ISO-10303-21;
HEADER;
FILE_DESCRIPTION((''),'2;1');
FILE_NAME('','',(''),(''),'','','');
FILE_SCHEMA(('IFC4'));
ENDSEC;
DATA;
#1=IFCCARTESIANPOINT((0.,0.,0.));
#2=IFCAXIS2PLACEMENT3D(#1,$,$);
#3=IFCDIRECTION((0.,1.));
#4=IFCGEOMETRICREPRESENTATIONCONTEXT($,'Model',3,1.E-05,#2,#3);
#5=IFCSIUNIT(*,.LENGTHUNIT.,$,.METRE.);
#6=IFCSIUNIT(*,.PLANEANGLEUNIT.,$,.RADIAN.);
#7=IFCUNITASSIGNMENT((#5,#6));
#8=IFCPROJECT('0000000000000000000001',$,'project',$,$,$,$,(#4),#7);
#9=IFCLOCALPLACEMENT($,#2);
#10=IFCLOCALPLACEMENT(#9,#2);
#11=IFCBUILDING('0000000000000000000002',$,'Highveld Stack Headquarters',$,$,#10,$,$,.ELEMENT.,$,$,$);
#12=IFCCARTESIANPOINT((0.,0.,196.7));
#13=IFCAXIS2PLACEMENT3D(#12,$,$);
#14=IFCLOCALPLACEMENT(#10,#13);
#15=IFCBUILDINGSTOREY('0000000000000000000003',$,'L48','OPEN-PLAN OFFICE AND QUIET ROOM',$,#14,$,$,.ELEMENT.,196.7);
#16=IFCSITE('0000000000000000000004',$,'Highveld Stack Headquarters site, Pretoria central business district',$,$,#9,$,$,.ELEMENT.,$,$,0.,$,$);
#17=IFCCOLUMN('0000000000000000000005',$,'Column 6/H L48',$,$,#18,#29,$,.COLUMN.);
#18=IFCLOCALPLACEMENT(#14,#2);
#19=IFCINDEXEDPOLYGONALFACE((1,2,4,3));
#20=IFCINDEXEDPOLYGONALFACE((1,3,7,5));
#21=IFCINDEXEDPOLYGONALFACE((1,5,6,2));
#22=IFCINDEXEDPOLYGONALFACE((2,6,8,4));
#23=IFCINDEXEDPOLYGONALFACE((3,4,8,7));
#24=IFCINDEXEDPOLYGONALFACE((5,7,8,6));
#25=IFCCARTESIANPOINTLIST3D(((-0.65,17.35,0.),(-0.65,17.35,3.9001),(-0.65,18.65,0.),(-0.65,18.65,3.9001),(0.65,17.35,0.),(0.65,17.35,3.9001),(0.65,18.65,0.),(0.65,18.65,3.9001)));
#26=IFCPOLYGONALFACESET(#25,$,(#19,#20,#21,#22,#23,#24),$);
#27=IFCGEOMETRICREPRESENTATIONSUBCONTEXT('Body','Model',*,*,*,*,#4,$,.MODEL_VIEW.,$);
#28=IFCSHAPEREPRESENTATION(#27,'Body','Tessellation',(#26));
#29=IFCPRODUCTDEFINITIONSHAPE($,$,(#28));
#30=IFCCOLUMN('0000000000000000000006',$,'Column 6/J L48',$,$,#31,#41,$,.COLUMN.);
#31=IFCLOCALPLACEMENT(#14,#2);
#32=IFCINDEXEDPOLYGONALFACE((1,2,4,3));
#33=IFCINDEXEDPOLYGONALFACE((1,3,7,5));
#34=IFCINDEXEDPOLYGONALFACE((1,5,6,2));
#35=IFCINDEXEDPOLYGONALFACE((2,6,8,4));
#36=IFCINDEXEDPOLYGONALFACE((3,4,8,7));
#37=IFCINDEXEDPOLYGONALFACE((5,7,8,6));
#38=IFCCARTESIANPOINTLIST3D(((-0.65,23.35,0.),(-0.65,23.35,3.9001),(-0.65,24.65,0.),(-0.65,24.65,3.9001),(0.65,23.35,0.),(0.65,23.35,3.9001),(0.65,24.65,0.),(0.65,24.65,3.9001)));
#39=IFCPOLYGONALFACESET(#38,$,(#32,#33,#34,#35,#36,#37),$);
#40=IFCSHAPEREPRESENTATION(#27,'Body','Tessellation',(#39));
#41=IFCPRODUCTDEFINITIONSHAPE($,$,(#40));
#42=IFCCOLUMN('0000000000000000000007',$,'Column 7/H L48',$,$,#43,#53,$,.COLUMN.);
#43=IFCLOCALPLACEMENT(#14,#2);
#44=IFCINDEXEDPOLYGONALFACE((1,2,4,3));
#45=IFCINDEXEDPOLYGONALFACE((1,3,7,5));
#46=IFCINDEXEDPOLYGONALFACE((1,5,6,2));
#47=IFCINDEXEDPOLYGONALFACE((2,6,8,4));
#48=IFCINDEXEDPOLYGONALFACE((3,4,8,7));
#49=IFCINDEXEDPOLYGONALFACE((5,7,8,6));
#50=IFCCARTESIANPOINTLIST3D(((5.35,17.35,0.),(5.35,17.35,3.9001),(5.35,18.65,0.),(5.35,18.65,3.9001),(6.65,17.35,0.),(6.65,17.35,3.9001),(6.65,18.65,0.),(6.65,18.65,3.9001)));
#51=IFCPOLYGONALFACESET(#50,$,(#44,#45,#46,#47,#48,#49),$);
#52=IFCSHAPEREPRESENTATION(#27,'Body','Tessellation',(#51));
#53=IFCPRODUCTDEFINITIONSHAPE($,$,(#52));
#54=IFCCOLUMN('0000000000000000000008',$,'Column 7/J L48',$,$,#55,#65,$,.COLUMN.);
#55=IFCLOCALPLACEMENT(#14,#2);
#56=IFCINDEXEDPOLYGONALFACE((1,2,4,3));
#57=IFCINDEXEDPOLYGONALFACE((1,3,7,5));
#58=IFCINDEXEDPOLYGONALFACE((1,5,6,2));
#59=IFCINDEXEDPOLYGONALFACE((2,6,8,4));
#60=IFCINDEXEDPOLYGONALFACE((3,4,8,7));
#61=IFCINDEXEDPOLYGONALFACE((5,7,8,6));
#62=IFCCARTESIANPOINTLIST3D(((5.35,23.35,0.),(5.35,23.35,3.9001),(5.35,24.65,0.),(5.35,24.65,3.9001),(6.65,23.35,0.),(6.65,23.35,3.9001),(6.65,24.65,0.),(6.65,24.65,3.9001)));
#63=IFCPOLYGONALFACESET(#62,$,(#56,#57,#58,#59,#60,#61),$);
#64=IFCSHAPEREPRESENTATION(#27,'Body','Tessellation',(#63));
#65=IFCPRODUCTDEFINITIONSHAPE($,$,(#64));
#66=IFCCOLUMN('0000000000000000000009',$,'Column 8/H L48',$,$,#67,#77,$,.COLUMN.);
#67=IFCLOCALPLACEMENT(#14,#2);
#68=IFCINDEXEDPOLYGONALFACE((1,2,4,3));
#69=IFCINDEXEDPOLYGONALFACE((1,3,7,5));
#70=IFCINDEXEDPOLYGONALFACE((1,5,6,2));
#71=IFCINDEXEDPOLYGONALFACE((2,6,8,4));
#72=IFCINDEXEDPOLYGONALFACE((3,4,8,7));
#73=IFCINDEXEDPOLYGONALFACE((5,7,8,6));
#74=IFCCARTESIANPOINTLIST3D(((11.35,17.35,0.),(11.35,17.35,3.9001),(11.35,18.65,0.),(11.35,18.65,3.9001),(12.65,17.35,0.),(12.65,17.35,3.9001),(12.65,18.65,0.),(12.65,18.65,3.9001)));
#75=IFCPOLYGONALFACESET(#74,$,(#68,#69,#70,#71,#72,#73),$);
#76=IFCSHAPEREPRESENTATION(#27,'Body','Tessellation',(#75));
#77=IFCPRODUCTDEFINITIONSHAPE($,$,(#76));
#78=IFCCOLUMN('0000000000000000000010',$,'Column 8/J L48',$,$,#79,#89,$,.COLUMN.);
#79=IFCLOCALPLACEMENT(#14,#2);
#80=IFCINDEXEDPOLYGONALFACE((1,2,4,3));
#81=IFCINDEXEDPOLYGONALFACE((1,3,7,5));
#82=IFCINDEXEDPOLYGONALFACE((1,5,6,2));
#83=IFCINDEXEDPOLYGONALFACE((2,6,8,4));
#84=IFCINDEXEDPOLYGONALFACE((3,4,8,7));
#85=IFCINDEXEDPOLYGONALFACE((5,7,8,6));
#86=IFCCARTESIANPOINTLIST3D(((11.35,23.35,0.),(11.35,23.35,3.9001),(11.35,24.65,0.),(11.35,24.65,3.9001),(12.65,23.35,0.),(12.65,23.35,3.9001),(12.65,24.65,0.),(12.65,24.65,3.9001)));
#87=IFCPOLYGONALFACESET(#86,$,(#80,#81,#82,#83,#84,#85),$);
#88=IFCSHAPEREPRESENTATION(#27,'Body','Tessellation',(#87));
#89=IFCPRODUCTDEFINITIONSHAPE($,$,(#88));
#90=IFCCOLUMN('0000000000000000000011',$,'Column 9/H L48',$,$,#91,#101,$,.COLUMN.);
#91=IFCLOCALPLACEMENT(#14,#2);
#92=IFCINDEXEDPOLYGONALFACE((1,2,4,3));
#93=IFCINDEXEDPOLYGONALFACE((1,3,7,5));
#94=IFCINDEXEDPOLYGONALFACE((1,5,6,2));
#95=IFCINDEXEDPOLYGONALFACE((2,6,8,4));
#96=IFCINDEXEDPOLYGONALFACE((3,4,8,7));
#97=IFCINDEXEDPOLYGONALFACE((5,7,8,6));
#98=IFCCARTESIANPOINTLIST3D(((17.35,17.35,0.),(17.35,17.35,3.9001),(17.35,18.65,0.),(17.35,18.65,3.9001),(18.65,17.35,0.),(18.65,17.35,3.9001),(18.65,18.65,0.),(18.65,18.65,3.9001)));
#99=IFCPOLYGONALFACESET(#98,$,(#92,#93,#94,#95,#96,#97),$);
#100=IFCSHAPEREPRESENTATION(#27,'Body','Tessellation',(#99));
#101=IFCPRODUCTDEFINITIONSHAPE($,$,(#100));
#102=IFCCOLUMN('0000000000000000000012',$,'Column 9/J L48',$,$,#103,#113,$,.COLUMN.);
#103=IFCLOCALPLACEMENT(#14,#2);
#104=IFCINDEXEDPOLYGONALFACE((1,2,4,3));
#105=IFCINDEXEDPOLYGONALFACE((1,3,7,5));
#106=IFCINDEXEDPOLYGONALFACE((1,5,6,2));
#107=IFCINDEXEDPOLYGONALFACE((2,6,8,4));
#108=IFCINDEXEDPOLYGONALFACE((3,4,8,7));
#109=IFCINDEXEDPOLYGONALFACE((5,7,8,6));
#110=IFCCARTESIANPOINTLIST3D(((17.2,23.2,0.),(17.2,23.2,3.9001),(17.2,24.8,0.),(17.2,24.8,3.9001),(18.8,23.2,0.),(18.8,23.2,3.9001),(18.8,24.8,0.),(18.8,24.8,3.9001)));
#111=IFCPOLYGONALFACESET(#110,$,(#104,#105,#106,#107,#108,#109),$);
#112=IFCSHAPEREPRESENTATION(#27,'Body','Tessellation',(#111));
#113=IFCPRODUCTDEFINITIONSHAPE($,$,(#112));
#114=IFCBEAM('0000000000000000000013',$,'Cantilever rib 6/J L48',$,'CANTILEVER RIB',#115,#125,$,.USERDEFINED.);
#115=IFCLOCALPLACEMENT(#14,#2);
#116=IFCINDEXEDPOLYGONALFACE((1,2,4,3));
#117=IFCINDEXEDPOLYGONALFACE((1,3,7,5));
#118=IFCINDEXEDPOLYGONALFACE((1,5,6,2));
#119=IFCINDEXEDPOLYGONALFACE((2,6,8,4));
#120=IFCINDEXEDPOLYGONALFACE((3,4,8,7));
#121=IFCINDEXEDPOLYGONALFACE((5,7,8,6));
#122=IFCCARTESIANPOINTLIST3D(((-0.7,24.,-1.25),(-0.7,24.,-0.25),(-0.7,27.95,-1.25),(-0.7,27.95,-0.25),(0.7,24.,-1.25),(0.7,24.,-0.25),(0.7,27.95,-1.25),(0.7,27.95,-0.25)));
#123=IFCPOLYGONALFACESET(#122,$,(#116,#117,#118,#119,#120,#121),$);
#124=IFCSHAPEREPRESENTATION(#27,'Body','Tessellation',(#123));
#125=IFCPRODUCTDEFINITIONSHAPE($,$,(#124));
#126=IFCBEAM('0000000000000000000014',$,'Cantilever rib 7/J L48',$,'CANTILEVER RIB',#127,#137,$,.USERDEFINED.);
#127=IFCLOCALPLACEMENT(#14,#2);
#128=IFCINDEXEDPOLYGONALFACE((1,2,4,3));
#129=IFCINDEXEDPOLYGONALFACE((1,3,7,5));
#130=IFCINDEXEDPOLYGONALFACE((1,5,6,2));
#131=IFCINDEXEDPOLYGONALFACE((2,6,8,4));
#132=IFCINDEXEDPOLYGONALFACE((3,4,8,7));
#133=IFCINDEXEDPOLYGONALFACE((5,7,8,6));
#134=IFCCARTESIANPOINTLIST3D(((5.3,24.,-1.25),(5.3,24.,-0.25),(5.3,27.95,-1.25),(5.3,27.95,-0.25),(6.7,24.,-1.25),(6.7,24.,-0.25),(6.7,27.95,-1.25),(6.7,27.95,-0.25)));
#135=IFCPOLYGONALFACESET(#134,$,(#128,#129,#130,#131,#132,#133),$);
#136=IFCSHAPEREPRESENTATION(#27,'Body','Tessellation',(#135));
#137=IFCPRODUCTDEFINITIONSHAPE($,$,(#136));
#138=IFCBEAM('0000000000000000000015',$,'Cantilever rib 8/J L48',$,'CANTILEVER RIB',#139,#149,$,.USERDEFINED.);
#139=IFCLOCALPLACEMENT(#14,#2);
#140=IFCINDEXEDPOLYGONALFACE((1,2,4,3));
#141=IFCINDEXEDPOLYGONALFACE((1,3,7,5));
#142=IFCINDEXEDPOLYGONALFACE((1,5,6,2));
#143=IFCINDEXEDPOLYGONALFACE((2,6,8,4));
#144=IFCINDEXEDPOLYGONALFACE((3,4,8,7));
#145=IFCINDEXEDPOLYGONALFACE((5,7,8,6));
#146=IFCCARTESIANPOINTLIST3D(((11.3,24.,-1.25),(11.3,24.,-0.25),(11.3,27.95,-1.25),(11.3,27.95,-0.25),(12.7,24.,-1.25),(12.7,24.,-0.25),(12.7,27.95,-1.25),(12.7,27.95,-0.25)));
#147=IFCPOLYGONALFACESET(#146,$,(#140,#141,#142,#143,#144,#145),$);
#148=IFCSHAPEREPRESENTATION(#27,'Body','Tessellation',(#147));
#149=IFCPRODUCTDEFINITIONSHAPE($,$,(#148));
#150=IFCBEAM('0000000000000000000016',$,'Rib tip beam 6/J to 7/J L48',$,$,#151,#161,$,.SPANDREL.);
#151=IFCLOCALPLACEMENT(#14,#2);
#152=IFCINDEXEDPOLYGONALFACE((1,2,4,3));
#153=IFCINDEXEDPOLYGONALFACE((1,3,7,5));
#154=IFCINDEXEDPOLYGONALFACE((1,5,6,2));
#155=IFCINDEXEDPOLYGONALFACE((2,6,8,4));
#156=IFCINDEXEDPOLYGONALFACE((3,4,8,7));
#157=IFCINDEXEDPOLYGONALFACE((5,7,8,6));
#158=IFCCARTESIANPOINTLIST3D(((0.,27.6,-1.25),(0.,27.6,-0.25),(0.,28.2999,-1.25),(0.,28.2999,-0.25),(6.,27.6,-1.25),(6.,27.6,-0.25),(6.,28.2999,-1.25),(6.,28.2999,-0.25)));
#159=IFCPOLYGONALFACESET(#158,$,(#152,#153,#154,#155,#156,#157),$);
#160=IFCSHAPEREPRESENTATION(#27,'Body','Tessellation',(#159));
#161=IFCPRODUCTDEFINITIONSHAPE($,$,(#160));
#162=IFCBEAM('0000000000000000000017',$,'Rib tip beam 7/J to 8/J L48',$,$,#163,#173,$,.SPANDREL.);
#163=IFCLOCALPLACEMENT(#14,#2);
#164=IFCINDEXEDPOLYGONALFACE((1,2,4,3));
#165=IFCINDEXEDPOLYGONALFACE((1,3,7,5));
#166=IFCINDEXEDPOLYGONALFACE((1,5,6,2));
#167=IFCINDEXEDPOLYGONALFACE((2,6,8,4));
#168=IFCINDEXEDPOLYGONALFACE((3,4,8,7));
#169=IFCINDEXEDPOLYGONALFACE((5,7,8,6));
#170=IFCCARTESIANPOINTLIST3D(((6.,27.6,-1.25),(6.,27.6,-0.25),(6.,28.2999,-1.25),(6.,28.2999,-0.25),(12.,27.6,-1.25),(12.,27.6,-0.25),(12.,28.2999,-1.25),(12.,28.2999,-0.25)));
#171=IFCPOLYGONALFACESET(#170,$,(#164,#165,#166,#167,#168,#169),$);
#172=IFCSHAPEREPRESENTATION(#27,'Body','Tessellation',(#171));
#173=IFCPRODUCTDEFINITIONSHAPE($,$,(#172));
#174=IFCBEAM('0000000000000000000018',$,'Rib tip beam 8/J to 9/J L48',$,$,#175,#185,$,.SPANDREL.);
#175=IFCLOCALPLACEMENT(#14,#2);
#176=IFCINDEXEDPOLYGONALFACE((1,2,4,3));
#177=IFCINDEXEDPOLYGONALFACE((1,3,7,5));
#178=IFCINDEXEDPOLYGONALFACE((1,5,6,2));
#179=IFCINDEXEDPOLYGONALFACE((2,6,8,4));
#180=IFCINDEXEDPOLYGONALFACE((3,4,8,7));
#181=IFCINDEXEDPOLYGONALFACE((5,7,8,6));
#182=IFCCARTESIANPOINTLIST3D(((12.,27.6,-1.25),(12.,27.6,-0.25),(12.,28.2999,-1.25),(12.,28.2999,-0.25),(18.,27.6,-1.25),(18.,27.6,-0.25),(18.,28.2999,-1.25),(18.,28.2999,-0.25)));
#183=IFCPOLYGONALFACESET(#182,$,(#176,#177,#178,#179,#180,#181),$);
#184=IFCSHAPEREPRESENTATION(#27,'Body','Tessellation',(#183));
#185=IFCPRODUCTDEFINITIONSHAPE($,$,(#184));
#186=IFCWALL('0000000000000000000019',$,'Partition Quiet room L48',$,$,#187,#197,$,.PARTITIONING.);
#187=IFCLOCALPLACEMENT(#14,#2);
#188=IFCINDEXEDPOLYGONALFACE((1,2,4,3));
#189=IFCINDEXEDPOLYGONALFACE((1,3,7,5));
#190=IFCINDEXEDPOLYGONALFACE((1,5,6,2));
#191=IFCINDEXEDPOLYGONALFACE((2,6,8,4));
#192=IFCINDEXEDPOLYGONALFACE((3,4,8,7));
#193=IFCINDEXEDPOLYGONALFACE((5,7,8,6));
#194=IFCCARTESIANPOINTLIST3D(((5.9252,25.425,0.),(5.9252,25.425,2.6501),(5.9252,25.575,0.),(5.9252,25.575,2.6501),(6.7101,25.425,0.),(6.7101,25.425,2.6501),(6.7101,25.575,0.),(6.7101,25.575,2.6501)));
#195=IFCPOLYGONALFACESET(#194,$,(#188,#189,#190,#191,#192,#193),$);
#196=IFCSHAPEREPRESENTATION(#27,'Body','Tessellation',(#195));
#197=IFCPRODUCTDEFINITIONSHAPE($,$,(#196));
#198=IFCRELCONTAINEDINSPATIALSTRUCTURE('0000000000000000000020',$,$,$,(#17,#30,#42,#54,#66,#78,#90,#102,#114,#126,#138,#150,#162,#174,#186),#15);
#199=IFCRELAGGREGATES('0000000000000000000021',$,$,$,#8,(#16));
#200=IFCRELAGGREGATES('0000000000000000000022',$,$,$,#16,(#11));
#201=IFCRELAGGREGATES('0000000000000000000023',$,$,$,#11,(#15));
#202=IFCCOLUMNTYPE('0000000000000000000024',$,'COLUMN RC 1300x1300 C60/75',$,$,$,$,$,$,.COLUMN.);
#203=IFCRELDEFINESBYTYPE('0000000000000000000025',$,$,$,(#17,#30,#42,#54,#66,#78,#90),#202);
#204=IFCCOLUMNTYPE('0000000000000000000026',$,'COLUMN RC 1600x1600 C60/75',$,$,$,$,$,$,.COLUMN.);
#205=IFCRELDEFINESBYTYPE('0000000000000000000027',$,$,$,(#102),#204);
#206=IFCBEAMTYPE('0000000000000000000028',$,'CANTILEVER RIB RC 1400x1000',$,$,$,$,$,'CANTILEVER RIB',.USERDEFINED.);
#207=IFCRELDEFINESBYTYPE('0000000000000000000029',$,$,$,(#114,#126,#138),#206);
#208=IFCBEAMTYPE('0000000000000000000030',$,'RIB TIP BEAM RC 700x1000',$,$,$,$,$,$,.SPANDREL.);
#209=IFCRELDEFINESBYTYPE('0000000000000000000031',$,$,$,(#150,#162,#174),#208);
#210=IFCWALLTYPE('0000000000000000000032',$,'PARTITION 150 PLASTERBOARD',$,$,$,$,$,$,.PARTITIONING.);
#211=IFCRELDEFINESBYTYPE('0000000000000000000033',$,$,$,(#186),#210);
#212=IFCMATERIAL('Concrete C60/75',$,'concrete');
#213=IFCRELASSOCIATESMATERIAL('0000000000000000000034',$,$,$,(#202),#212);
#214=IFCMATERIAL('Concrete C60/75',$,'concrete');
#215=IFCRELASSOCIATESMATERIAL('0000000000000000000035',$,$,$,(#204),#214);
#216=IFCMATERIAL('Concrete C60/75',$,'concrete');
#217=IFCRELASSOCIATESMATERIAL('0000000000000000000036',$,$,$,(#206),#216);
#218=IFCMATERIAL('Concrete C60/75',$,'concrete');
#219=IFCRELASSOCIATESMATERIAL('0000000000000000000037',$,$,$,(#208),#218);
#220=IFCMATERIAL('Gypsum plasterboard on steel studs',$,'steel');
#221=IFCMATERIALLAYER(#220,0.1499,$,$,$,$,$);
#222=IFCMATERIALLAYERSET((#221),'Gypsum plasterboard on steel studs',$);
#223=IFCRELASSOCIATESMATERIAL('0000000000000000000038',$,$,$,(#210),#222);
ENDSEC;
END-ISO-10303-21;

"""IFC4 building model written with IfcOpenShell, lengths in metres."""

from ifc_helpers import new_model, si_unit, direction, frame, frame_2d, origin, origin_2d, place, context, subcontext, project, spatial, rectangle, extrude, material, layer, layer_set, material_profile, profile_set, type_object, element, save


model = new_model("IFC4")

# Units and contexts
model_context = context("Model", 3, precision=1e-05, world=origin(), true_north=direction((0.0, 1.0)))
body_context = subcontext(model_context, "Body", "Model", "MODEL_VIEW")
ifc_project = project(units=[si_unit("LENGTHUNIT", "METRE"), si_unit("PLANEANGLEUNIT", "RADIAN")], contexts=[model_context])

# Site, building, storey
site_placement = place(None, origin())
site = spatial("IfcSite", under=ifc_project, at=site_placement, Name="Highveld Stack Headquarters site, Pretoria central business district", CompositionType="ELEMENT", RefElevation=0.0)
building_placement = place(site_placement, origin())
building = spatial("IfcBuilding", under=site, at=building_placement, Name="Highveld Stack Headquarters", CompositionType="ELEMENT")
storey_placement = place(building_placement, frame((0.0, 0.0, 196.7)))
storey = spatial("IfcBuildingStorey", under=building, at=storey_placement, Name="L48", Description="OPEN-PLAN OFFICE AND QUIET ROOM", CompositionType="ELEMENT", Elevation=196.7)

# Columns
ifc_material_1 = material(Name="Concrete C60/75", Category="concrete")
ifc_material_profile_1 = material_profile(ifc_material_1, rectangle(XDim=1.3, YDim=1.3, at=origin_2d()), Name="RC 1300x1300")
ifc_profile_set_1 = profile_set([ifc_material_profile_1], Name="Concrete C60/75")
column_type_1 = type_object("IfcColumnType", Name="COLUMN RC 1300x1300 C60/75", PredefinedType="COLUMN", material=ifc_profile_set_1)
for number, where, z_axis, x_axis, name in (
    (1, (0.0, 18.0, 0.0), (0.0, 0.0, 1.0), (1.0, 0.0, 0.0), "Column 6/H L48"),
    (2, (0.0, 24.0, 0.0), (0.0, 0.0, 1.0), (1.0, 0.0, 0.0), "Column 6/J L48"),
    (3, (6.0, 18.0, 0.0), (0.0, 0.0, 1.0), (1.0, 0.0, 0.0), "Column 7/H L48"),
    (4, (6.0, 24.0, 0.0), (0.0, 0.0, 1.0), (1.0, 0.0, 0.0), "Column 7/J L48"),
    (5, (12.0, 18.0, 0.0), (0.0, 0.0, 1.0), (1.0, 0.0, 0.0), "Column 8/H L48"),
    (6, (12.0, 24.0, 0.0), (0.0, 0.0, 1.0), (1.0, 0.0, 0.0), "Column 8/J L48"),
    (7, (18.0, 18.0, 0.0), (0.0, 0.0, 1.0), (1.0, 0.0, 0.0), "Column 9/H L48"),
):
    element("IfcColumn", number, at=place(storey_placement, frame(where, z_axis=z_axis, x_axis=x_axis)), inside=storey, type_object=column_type_1, Name=name, PredefinedType="COLUMN", context=body_context, shape_type="SweptSolid", body=[
        extrude(rectangle(XDim=1.3, YDim=1.3, at=origin_2d()), origin(), (0.0, 0.0, 1.0), 3.9001),
    ])
ifc_material_2 = material(Name="Concrete C60/75", Category="concrete")
ifc_material_profile_2 = material_profile(ifc_material_2, rectangle(XDim=1.6001, YDim=1.6001, at=origin_2d()), Name="RC 1600x1600")
ifc_profile_set_2 = profile_set([ifc_material_profile_2], Name="Concrete C60/75")
column_type_2 = type_object("IfcColumnType", Name="COLUMN RC 1600x1600 C60/75", PredefinedType="COLUMN", material=ifc_profile_set_2)
column_placement = place(storey_placement, frame((18.0, 24.0, 0.0), z_axis=(0.0, 0.0, 1.0), x_axis=(1.0, 0.0, 0.0)))
element("IfcColumn", 8, at=column_placement, inside=storey, type_object=column_type_2, Name="Column 9/J L48", PredefinedType="COLUMN", context=body_context, shape_type="SweptSolid", body=[
    extrude(rectangle(XDim=1.6001, YDim=1.6001, at=origin_2d()), origin(), (0.0, 0.0, 1.0), 3.9001),
])

# Beams
ifc_material_3 = material(Name="Concrete C60/75", Category="concrete")
ifc_material_profile_3 = material_profile(ifc_material_3, rectangle(XDim=1.3999, YDim=1.0, at=origin_2d()), Name="RC 1400x1000")
ifc_profile_set_3 = profile_set([ifc_material_profile_3], Name="Concrete C60/75")
beam_type_1 = type_object("IfcBeamType", Name="CANTILEVER RIB RC 1400x1000", ElementType="CANTILEVER RIB", PredefinedType="USERDEFINED", material=ifc_profile_set_3)
for number, where, z_axis, x_axis, name in (
    (9, (0.0, 24.0, -0.75), (0.0, 1.0, 0.0), (-1.0, 0.0, 0.0), "Cantilever rib 6/J L48"),
    (10, (6.0, 24.0, -0.75), (0.0, 1.0, 0.0), (-1.0, 0.0, 0.0), "Cantilever rib 7/J L48"),
    (11, (12.0, 24.0, -0.75), (0.0, 1.0, 0.0), (-1.0, 0.0, 0.0), "Cantilever rib 8/J L48"),
):
    element("IfcBeam", number, at=place(storey_placement, frame(where, z_axis=z_axis, x_axis=x_axis)), inside=storey, type_object=beam_type_1, Name=name, ObjectType="CANTILEVER RIB", PredefinedType="USERDEFINED", context=body_context, shape_type="SweptSolid", body=[
        extrude(rectangle(XDim=1.3999, YDim=1.0, at=origin_2d()), origin(), (0.0, 0.0, 1.0), 3.95),
    ])
ifc_material_4 = material(Name="Concrete C60/75", Category="concrete")
ifc_material_profile_4 = material_profile(ifc_material_4, rectangle(XDim=0.7, YDim=1.0, at=origin_2d()), Name="RC 700x1000")
ifc_profile_set_4 = profile_set([ifc_material_profile_4], Name="Concrete C60/75")
beam_type_2 = type_object("IfcBeamType", Name="RIB TIP BEAM RC 700x1000", PredefinedType="SPANDREL", material=ifc_profile_set_4)
for number, where, z_axis, x_axis, name in (
    (12, (0.0, 27.95, -0.75), (1.0, 0.0, 0.0), (0.0, 1.0, 0.0), "Rib tip beam 6/J to 7/J L48"),
    (13, (6.0, 27.95, -0.75), (1.0, 0.0, 0.0), (0.0, 1.0, 0.0), "Rib tip beam 7/J to 8/J L48"),
    (14, (12.0, 27.95, -0.75), (1.0, 0.0, 0.0), (0.0, 1.0, 0.0), "Rib tip beam 8/J to 9/J L48"),
):
    element("IfcBeam", number, at=place(storey_placement, frame(where, z_axis=z_axis, x_axis=x_axis)), inside=storey, type_object=beam_type_2, Name=name, PredefinedType="SPANDREL", context=body_context, shape_type="SweptSolid", body=[
        extrude(rectangle(XDim=0.7, YDim=1.0, at=origin_2d()), origin(), (0.0, 0.0, 1.0), 6.0),
    ])

# Wall
ifc_material_5 = material(Name="Gypsum plasterboard on steel studs", Category="steel")
ifc_layer = layer(ifc_material_5, 0.1499)
ifc_layer_set = layer_set([ifc_layer], Name="Gypsum plasterboard on steel studs")
wall_type = type_object("IfcWallType", Name="PARTITION 150 PLASTERBOARD", PredefinedType="PARTITIONING", material=ifc_layer_set)
wall_1_placement = place(storey_placement, frame((5.925, 25.5, 0.0), z_axis=(0.0, 0.0, 1.0), x_axis=(1.0, 0.0, 0.0)))
element("IfcWall", 15, at=wall_1_placement, inside=storey, type_object=wall_type, Name="Partition Quiet room L48", PredefinedType="PARTITIONING", context=body_context, shape_type="SweptSolid", body=[
    extrude(rectangle(XDim=0.7849, YDim=0.1499, at=frame_2d((0.3926, 0.0))), origin(), (0.0, 0.0, 1.0), 2.6501),
])

save(model, "model.ifc")
